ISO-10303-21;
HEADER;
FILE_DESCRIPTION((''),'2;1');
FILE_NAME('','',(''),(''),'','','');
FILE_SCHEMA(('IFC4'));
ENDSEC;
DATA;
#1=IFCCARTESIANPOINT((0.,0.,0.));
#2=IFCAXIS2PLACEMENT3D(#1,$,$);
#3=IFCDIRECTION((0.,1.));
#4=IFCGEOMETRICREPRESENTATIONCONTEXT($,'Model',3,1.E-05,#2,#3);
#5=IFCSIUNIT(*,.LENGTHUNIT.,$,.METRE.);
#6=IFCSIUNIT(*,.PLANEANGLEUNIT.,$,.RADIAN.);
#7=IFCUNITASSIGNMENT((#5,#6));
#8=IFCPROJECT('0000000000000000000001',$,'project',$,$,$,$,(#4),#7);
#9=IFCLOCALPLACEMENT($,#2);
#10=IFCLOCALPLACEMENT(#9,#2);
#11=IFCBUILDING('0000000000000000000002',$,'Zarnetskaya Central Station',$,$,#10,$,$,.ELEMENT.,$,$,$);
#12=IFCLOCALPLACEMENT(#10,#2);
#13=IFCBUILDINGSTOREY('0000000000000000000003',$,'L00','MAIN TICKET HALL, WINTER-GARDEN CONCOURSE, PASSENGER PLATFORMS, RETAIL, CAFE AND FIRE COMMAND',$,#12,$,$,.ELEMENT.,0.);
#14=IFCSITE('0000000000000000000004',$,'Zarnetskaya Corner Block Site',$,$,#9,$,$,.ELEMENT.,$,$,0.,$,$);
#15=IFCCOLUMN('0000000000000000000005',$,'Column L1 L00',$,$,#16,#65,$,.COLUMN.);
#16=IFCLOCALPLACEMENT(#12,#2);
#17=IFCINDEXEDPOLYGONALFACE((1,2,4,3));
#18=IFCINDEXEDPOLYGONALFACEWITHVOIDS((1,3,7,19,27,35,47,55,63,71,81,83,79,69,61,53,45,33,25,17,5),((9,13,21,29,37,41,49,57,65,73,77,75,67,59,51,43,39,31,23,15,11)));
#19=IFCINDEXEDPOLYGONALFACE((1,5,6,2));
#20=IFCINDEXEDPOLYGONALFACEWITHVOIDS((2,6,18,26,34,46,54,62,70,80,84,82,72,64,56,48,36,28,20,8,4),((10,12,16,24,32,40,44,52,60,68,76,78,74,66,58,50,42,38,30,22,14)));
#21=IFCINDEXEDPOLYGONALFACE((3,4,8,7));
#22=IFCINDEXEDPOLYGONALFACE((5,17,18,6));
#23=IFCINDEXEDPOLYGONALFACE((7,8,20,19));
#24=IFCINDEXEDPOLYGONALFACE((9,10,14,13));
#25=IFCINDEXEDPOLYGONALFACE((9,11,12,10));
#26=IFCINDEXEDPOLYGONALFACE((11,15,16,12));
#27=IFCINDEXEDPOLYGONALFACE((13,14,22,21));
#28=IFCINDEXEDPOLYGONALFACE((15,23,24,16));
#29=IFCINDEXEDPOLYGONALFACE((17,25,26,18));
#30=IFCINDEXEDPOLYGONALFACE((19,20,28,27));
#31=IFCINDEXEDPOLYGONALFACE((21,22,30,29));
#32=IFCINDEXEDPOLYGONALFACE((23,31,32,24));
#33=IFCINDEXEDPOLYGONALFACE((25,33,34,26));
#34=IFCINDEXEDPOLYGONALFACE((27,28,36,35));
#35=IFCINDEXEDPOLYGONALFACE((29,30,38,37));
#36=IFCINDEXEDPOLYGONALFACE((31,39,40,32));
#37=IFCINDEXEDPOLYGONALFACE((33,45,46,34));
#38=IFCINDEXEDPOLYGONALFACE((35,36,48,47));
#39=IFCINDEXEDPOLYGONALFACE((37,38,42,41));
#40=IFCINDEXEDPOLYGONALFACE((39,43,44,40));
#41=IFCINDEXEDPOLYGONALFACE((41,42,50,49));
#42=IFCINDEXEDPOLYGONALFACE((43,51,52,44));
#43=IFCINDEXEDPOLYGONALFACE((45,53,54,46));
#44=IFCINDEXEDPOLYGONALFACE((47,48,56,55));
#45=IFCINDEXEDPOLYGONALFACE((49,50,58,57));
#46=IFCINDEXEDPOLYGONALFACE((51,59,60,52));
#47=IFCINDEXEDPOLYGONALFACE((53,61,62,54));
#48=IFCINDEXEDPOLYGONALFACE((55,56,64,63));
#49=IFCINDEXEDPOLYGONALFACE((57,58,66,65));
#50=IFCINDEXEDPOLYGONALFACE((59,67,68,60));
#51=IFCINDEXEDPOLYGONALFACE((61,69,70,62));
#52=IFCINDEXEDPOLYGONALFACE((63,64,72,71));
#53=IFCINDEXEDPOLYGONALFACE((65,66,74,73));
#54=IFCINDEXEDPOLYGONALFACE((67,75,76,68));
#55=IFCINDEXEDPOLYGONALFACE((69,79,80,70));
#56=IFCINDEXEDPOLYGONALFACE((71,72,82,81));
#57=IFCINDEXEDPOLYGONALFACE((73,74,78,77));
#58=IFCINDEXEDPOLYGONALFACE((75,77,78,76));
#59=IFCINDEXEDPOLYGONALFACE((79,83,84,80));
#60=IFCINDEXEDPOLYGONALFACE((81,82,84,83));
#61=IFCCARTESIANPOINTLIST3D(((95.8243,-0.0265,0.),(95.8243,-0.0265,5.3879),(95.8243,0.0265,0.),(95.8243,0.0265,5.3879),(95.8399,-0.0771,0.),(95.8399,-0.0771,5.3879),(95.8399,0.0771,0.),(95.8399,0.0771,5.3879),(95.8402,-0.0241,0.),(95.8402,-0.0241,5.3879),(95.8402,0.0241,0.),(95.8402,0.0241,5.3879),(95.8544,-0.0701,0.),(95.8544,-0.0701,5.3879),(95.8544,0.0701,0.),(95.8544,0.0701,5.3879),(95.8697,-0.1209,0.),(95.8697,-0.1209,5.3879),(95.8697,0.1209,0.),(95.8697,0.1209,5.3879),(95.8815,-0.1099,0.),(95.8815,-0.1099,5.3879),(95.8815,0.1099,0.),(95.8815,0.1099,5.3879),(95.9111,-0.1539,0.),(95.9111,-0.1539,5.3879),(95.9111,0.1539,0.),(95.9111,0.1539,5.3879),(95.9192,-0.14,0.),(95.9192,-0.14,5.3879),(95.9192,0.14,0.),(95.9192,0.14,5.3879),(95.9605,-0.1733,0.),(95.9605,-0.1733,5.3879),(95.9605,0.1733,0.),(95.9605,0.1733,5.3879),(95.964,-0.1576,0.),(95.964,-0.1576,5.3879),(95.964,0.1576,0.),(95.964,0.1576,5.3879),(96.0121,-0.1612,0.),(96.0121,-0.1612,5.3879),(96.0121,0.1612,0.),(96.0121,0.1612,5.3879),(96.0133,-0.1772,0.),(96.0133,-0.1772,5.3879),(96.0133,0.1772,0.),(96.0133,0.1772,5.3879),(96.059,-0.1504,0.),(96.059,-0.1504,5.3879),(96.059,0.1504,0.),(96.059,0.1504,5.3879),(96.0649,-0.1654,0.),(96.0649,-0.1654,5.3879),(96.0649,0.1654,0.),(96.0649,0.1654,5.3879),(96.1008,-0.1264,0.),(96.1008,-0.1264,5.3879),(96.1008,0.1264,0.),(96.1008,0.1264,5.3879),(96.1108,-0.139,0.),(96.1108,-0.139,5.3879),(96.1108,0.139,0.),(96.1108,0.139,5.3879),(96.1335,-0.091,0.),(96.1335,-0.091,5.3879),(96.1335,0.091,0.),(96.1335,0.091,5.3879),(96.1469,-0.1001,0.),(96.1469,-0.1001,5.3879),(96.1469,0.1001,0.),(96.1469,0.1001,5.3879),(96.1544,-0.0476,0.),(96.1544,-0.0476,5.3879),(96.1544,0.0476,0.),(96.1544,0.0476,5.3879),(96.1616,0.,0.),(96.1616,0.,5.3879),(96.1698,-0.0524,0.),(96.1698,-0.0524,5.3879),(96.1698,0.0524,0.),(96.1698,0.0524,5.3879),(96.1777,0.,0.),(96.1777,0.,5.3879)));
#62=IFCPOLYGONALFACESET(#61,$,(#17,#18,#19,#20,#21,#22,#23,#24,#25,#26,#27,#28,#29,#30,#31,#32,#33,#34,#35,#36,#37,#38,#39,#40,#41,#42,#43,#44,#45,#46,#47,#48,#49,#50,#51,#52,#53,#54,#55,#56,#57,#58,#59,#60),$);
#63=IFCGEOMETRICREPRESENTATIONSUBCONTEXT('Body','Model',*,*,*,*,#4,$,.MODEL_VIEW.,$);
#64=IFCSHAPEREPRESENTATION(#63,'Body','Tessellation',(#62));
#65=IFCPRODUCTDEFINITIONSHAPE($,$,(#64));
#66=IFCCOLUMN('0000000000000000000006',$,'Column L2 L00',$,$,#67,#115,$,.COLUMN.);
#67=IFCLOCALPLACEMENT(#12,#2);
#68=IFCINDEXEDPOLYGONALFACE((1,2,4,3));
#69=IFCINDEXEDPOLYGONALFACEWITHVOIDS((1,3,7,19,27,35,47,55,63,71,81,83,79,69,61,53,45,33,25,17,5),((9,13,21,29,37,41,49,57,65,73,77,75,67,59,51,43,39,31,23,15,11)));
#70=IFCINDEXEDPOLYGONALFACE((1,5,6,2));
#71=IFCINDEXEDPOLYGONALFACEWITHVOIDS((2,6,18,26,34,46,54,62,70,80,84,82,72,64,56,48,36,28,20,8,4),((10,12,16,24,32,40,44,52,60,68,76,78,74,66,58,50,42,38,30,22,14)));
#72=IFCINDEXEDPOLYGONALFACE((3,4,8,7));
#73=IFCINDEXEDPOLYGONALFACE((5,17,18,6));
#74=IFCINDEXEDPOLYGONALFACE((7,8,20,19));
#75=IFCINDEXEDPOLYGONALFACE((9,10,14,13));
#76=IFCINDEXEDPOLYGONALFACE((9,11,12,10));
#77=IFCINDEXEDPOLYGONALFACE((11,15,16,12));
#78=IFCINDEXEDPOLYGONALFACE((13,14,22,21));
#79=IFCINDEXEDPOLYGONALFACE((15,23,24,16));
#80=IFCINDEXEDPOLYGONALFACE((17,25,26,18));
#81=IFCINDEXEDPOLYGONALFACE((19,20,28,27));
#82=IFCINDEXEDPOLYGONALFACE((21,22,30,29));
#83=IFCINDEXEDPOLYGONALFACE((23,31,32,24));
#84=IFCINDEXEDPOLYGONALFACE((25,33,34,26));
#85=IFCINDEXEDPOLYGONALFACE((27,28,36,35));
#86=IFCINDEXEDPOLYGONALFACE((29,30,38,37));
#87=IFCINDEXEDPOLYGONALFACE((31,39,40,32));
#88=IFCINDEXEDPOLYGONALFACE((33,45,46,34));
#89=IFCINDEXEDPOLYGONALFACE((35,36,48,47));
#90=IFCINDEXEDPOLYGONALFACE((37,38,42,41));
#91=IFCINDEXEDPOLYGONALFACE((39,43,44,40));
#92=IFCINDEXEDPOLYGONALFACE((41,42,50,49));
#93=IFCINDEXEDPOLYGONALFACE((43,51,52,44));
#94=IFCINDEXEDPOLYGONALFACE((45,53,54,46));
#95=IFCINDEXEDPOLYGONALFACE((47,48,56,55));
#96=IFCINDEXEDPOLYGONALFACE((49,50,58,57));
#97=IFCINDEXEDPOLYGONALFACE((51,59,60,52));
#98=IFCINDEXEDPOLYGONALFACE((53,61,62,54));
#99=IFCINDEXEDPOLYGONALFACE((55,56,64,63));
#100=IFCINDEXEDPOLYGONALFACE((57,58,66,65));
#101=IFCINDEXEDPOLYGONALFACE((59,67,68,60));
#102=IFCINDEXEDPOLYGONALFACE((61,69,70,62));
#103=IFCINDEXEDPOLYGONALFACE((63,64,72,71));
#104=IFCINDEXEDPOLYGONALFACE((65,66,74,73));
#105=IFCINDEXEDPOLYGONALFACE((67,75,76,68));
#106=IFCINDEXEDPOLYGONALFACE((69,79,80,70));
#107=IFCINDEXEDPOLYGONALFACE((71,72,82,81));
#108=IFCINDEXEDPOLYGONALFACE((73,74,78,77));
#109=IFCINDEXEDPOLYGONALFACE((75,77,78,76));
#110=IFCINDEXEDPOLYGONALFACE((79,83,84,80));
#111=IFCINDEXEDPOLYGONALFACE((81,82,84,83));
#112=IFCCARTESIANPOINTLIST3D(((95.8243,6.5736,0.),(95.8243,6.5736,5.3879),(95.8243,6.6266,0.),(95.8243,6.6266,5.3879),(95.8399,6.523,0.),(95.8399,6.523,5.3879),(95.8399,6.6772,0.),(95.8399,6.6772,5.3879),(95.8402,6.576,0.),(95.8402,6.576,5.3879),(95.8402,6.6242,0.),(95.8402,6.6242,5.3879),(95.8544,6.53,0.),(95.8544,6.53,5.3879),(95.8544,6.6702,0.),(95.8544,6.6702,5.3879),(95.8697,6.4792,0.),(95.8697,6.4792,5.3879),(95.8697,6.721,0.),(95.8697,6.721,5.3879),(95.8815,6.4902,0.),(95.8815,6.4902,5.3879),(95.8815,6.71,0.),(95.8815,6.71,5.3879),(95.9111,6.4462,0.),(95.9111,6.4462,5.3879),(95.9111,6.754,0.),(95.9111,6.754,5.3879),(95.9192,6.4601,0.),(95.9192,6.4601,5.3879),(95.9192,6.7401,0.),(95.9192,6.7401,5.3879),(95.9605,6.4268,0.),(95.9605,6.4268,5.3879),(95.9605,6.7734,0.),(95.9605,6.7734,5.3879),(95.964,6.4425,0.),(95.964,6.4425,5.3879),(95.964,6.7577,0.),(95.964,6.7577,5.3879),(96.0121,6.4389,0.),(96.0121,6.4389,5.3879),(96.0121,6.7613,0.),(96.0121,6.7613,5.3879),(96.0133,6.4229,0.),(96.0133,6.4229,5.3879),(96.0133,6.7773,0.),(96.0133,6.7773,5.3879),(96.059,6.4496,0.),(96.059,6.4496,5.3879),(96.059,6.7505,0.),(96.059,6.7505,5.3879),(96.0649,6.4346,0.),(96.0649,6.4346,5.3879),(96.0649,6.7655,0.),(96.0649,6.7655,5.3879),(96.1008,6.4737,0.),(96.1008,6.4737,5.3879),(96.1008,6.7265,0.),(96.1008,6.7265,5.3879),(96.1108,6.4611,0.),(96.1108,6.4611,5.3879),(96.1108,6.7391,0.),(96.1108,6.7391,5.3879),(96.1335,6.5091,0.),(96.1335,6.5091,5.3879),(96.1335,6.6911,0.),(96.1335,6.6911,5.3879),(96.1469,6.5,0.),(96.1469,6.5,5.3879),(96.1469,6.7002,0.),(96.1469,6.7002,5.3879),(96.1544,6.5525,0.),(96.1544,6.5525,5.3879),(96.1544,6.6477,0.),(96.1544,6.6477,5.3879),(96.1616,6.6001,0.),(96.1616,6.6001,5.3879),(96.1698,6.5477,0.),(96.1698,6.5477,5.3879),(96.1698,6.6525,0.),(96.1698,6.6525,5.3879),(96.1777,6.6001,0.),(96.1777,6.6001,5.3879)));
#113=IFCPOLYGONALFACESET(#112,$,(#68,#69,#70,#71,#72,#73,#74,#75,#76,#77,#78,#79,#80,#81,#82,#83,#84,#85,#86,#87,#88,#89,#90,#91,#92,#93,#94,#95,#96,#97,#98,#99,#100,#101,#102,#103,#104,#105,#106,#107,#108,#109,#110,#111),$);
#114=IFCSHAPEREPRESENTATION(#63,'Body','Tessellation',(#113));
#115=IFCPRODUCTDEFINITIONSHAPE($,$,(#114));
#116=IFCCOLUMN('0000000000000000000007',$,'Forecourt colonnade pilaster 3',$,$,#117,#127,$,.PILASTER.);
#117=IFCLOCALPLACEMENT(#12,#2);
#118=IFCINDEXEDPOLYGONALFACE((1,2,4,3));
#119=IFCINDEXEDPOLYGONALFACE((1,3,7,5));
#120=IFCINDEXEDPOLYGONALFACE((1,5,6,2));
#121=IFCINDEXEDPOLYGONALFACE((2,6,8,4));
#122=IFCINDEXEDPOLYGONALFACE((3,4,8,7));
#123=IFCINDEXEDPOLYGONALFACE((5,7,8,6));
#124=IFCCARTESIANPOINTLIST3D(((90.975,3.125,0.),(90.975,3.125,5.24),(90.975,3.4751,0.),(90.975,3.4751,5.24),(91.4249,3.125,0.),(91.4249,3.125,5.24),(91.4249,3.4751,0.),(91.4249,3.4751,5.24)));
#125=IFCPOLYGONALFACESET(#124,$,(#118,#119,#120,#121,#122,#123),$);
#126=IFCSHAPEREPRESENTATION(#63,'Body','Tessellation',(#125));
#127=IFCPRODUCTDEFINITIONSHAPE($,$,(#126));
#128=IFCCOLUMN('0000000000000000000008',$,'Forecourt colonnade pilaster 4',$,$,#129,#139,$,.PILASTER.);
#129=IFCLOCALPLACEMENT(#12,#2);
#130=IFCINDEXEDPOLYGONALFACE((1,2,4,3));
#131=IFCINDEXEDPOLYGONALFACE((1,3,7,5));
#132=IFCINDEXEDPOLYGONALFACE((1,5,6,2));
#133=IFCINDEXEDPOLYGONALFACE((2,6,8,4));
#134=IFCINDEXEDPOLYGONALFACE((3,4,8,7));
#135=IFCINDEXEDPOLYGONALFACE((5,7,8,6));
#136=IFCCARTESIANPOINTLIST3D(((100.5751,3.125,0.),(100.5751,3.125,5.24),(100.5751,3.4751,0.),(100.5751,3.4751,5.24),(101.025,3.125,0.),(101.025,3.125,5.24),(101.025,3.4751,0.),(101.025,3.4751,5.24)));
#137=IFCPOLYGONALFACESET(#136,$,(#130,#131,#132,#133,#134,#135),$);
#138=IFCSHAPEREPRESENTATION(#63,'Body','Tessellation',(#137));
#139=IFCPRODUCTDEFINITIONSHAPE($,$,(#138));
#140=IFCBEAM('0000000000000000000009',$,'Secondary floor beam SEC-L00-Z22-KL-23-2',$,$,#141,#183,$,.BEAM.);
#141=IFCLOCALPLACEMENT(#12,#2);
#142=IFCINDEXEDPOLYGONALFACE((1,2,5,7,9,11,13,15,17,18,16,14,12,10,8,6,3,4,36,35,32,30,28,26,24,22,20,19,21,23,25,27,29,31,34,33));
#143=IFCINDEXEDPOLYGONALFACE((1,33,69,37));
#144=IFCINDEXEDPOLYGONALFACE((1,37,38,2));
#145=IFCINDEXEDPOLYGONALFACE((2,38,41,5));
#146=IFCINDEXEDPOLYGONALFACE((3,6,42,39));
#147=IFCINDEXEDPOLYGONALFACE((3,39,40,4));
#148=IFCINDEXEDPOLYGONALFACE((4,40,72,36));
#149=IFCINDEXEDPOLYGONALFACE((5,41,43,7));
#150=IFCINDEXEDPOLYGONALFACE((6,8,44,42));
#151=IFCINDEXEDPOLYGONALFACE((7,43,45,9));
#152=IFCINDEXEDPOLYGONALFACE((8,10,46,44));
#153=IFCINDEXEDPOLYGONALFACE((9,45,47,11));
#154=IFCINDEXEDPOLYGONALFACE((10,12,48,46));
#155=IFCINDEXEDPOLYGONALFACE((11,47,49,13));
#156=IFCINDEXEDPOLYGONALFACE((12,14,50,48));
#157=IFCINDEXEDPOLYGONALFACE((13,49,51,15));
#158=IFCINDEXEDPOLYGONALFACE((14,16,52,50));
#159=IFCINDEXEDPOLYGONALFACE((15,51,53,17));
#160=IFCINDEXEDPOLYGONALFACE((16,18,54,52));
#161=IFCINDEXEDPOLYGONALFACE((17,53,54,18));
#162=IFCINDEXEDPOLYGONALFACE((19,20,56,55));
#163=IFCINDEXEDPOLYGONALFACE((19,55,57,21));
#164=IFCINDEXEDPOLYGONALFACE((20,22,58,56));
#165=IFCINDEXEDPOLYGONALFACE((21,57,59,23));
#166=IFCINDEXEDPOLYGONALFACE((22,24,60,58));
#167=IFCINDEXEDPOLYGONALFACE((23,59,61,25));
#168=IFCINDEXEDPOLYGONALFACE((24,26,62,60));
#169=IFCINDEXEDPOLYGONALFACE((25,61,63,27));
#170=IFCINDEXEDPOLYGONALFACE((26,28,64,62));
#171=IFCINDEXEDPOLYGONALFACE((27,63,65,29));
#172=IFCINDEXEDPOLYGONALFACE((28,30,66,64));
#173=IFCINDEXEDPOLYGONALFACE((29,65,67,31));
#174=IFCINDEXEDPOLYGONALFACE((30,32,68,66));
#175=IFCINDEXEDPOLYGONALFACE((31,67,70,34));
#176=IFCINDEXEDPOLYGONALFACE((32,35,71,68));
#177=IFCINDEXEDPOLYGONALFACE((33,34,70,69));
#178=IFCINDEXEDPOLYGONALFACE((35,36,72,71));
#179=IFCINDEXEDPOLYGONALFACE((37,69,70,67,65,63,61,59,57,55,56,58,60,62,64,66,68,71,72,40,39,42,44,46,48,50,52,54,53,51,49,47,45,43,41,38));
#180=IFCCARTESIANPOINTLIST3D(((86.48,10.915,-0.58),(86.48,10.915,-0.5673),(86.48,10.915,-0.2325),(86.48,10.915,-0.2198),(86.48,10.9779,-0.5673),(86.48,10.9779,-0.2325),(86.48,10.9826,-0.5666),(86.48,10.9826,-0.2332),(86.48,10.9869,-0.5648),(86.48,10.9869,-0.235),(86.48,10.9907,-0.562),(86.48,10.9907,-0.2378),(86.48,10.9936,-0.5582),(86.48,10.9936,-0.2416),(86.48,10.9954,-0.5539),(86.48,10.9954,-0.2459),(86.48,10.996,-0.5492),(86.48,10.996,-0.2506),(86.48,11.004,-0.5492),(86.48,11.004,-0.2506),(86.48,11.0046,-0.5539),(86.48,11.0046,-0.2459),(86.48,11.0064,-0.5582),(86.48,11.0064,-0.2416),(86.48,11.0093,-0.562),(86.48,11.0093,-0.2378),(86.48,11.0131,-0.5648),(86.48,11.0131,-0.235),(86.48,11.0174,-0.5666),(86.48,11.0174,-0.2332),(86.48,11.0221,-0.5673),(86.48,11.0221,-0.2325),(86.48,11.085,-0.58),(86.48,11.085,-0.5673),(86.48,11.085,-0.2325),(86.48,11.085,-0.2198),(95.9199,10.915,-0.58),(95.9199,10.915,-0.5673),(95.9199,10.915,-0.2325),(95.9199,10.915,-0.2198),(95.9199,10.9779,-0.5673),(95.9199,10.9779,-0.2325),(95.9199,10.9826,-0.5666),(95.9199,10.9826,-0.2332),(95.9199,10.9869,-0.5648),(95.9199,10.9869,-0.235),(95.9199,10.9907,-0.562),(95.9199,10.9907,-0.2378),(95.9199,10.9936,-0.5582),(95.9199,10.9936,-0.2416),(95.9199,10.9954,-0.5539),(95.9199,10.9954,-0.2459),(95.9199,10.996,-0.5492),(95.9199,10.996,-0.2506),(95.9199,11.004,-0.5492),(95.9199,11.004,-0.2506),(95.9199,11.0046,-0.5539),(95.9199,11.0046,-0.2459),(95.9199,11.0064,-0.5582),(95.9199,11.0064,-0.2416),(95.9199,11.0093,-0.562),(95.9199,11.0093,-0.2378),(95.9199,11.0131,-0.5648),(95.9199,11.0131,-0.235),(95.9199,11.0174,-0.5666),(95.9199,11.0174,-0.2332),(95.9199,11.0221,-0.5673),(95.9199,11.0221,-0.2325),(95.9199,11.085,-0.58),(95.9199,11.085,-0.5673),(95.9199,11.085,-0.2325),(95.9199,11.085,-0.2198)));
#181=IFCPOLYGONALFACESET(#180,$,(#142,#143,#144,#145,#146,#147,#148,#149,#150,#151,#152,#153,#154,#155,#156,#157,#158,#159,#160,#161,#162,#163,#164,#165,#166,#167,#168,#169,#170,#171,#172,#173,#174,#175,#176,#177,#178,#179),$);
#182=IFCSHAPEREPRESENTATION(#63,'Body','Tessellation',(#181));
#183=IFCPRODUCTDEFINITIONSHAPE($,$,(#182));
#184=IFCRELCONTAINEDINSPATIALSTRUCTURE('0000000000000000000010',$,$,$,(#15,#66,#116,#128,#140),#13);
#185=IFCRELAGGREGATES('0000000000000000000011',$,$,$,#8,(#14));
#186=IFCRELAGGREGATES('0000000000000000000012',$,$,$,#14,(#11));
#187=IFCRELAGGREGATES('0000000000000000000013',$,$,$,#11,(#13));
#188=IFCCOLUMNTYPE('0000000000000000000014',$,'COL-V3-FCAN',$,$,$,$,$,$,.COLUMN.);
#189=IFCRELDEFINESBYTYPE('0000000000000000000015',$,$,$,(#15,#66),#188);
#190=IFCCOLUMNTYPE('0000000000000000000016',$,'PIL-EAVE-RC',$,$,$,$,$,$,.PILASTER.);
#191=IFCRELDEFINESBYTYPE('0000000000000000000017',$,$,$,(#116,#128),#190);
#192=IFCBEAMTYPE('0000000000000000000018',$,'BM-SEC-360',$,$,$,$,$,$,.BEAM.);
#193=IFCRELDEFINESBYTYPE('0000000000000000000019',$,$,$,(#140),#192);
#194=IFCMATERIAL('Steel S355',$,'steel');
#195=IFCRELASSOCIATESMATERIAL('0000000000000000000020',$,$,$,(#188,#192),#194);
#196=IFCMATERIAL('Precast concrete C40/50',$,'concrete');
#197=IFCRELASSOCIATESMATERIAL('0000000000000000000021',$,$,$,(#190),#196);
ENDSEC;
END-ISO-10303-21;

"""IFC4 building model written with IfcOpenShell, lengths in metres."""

from ifc_helpers import new_model, si_unit, direction, frame, origin, origin_2d, place, context, subcontext, project, spatial, rectangle, hollow_circle, i_section, extrude, material, material_profile, profile_set, type_object, element, save


model = new_model("IFC4")

# Units and contexts
model_context = context("Model", 3, precision=1e-05, world=origin(), true_north=direction((0.0, 1.0)))
body_context = subcontext(model_context, "Body", "Model", "MODEL_VIEW")
ifc_project = project(units=[si_unit("LENGTHUNIT", "METRE"), si_unit("PLANEANGLEUNIT", "RADIAN")], contexts=[model_context])

# Site, building, storey
site_placement = place(None, origin())
site = spatial("IfcSite", under=ifc_project, at=site_placement, Name="Zarnetskaya Corner Block Site", CompositionType="ELEMENT", RefElevation=0.0)
building_placement = place(site_placement, origin())
building = spatial("IfcBuilding", under=site, at=building_placement, Name="Zarnetskaya Central Station", CompositionType="ELEMENT")
storey_placement = place(building_placement, origin())
storey = spatial("IfcBuildingStorey", under=building, at=storey_placement, Name="L00", Description="MAIN TICKET HALL, WINTER-GARDEN CONCOURSE, PASSENGER PLATFORMS, RETAIL, CAFE AND FIRE COMMAND", CompositionType="ELEMENT", Elevation=0.0)

# Columns
ifc_material_1 = material(Name="Steel S355", Category="steel")
ifc_material_profile_1 = material_profile(ifc_material_1, hollow_circle(Radius=0.1777, WallThickness=0.0161, at=origin_2d()), Name="CHS 355.6x16")
ifc_profile_set_1 = profile_set([ifc_material_profile_1], Name="Steel S355")
column_type_1 = type_object("IfcColumnType", Name="COL-V3-FCAN", PredefinedType="COLUMN", material=ifc_profile_set_1)
for number, where, z_axis, x_axis, name in (
    (1, (96.0, 0.0, 0.0), (0.0, 0.0, 1.0), (1.0, 0.0, 0.0), "Column L1 L00"),
    (2, (96.0, 6.6001, 0.0), (0.0, 0.0, 1.0), (1.0, 0.0, 0.0), "Column L2 L00"),
):
    element("IfcColumn", number, at=place(storey_placement, frame(where, z_axis=z_axis, x_axis=x_axis)), inside=storey, type_object=column_type_1, Name=name, PredefinedType="COLUMN", context=body_context, shape_type="SweptSolid", body=[
        extrude(hollow_circle(Radius=0.1777, WallThickness=0.0161, at=origin_2d()), origin(), (0.0, 0.0, 1.0), 5.3879),
    ])
ifc_material_2 = material(Name="Precast concrete C40/50", Category="concrete")
ifc_material_profile_2 = material_profile(ifc_material_2, rectangle(XDim=0.45, YDim=0.3501, at=origin_2d()), Name="RC PILASTER 450x350")
ifc_profile_set_2 = profile_set([ifc_material_profile_2], Name="Precast concrete C40/50")
column_type_2 = type_object("IfcColumnType", Name="PIL-EAVE-RC", PredefinedType="PILASTER", material=ifc_profile_set_2)
for number, where, z_axis, x_axis, name in (
    (3, (91.2, 3.3, 0.0), (0.0, 0.0, 1.0), (1.0, 0.0, 0.0), "Forecourt colonnade pilaster 3"),
    (4, (100.8, 3.3, 0.0), (0.0, 0.0, 1.0), (1.0, 0.0, 0.0), "Forecourt colonnade pilaster 4"),
):
    element("IfcColumn", number, at=place(storey_placement, frame(where, z_axis=z_axis, x_axis=x_axis)), inside=storey, type_object=column_type_2, Name=name, PredefinedType="PILASTER", context=body_context, shape_type="SweptSolid", body=[
        extrude(rectangle(XDim=0.45, YDim=0.3501, at=origin_2d()), origin(), (0.0, 0.0, 1.0), 5.24),
    ])

# Beam
ifc_material_profile_3 = material_profile(ifc_material_1, i_section(OverallWidth=0.1699, OverallDepth=0.3601, WebThickness=0.0081, FlangeThickness=0.0127, FilletRadius=0.0181, at=origin_2d()), Name="IPE 360")
ifc_profile_set_3 = profile_set([ifc_material_profile_3], Name="Steel S355")
beam_type_1 = type_object("IfcBeamType", Name="BM-SEC-360", PredefinedType="BEAM", material=ifc_profile_set_3)
for number, where, z_axis, x_axis, name in (
    (5, (86.48, 11.0, -0.3999), (1.0, 0.0, 0.0), (0.0, 1.0, 0.0), "Secondary floor beam SEC-L00-Z22-KL-23-2"),
):
    element("IfcBeam", number, at=place(storey_placement, frame(where, z_axis=z_axis, x_axis=x_axis)), inside=storey, type_object=beam_type_1, Name=name, PredefinedType="BEAM", context=body_context, shape_type="SweptSolid", body=[
        extrude(i_section(OverallWidth=0.1699, OverallDepth=0.3601, WebThickness=0.0081, FlangeThickness=0.0127, FilletRadius=0.0181, at=origin_2d()), origin(), (0.0, 0.0, 1.0), 9.4399),
    ])

save(model, "model.ifc")
